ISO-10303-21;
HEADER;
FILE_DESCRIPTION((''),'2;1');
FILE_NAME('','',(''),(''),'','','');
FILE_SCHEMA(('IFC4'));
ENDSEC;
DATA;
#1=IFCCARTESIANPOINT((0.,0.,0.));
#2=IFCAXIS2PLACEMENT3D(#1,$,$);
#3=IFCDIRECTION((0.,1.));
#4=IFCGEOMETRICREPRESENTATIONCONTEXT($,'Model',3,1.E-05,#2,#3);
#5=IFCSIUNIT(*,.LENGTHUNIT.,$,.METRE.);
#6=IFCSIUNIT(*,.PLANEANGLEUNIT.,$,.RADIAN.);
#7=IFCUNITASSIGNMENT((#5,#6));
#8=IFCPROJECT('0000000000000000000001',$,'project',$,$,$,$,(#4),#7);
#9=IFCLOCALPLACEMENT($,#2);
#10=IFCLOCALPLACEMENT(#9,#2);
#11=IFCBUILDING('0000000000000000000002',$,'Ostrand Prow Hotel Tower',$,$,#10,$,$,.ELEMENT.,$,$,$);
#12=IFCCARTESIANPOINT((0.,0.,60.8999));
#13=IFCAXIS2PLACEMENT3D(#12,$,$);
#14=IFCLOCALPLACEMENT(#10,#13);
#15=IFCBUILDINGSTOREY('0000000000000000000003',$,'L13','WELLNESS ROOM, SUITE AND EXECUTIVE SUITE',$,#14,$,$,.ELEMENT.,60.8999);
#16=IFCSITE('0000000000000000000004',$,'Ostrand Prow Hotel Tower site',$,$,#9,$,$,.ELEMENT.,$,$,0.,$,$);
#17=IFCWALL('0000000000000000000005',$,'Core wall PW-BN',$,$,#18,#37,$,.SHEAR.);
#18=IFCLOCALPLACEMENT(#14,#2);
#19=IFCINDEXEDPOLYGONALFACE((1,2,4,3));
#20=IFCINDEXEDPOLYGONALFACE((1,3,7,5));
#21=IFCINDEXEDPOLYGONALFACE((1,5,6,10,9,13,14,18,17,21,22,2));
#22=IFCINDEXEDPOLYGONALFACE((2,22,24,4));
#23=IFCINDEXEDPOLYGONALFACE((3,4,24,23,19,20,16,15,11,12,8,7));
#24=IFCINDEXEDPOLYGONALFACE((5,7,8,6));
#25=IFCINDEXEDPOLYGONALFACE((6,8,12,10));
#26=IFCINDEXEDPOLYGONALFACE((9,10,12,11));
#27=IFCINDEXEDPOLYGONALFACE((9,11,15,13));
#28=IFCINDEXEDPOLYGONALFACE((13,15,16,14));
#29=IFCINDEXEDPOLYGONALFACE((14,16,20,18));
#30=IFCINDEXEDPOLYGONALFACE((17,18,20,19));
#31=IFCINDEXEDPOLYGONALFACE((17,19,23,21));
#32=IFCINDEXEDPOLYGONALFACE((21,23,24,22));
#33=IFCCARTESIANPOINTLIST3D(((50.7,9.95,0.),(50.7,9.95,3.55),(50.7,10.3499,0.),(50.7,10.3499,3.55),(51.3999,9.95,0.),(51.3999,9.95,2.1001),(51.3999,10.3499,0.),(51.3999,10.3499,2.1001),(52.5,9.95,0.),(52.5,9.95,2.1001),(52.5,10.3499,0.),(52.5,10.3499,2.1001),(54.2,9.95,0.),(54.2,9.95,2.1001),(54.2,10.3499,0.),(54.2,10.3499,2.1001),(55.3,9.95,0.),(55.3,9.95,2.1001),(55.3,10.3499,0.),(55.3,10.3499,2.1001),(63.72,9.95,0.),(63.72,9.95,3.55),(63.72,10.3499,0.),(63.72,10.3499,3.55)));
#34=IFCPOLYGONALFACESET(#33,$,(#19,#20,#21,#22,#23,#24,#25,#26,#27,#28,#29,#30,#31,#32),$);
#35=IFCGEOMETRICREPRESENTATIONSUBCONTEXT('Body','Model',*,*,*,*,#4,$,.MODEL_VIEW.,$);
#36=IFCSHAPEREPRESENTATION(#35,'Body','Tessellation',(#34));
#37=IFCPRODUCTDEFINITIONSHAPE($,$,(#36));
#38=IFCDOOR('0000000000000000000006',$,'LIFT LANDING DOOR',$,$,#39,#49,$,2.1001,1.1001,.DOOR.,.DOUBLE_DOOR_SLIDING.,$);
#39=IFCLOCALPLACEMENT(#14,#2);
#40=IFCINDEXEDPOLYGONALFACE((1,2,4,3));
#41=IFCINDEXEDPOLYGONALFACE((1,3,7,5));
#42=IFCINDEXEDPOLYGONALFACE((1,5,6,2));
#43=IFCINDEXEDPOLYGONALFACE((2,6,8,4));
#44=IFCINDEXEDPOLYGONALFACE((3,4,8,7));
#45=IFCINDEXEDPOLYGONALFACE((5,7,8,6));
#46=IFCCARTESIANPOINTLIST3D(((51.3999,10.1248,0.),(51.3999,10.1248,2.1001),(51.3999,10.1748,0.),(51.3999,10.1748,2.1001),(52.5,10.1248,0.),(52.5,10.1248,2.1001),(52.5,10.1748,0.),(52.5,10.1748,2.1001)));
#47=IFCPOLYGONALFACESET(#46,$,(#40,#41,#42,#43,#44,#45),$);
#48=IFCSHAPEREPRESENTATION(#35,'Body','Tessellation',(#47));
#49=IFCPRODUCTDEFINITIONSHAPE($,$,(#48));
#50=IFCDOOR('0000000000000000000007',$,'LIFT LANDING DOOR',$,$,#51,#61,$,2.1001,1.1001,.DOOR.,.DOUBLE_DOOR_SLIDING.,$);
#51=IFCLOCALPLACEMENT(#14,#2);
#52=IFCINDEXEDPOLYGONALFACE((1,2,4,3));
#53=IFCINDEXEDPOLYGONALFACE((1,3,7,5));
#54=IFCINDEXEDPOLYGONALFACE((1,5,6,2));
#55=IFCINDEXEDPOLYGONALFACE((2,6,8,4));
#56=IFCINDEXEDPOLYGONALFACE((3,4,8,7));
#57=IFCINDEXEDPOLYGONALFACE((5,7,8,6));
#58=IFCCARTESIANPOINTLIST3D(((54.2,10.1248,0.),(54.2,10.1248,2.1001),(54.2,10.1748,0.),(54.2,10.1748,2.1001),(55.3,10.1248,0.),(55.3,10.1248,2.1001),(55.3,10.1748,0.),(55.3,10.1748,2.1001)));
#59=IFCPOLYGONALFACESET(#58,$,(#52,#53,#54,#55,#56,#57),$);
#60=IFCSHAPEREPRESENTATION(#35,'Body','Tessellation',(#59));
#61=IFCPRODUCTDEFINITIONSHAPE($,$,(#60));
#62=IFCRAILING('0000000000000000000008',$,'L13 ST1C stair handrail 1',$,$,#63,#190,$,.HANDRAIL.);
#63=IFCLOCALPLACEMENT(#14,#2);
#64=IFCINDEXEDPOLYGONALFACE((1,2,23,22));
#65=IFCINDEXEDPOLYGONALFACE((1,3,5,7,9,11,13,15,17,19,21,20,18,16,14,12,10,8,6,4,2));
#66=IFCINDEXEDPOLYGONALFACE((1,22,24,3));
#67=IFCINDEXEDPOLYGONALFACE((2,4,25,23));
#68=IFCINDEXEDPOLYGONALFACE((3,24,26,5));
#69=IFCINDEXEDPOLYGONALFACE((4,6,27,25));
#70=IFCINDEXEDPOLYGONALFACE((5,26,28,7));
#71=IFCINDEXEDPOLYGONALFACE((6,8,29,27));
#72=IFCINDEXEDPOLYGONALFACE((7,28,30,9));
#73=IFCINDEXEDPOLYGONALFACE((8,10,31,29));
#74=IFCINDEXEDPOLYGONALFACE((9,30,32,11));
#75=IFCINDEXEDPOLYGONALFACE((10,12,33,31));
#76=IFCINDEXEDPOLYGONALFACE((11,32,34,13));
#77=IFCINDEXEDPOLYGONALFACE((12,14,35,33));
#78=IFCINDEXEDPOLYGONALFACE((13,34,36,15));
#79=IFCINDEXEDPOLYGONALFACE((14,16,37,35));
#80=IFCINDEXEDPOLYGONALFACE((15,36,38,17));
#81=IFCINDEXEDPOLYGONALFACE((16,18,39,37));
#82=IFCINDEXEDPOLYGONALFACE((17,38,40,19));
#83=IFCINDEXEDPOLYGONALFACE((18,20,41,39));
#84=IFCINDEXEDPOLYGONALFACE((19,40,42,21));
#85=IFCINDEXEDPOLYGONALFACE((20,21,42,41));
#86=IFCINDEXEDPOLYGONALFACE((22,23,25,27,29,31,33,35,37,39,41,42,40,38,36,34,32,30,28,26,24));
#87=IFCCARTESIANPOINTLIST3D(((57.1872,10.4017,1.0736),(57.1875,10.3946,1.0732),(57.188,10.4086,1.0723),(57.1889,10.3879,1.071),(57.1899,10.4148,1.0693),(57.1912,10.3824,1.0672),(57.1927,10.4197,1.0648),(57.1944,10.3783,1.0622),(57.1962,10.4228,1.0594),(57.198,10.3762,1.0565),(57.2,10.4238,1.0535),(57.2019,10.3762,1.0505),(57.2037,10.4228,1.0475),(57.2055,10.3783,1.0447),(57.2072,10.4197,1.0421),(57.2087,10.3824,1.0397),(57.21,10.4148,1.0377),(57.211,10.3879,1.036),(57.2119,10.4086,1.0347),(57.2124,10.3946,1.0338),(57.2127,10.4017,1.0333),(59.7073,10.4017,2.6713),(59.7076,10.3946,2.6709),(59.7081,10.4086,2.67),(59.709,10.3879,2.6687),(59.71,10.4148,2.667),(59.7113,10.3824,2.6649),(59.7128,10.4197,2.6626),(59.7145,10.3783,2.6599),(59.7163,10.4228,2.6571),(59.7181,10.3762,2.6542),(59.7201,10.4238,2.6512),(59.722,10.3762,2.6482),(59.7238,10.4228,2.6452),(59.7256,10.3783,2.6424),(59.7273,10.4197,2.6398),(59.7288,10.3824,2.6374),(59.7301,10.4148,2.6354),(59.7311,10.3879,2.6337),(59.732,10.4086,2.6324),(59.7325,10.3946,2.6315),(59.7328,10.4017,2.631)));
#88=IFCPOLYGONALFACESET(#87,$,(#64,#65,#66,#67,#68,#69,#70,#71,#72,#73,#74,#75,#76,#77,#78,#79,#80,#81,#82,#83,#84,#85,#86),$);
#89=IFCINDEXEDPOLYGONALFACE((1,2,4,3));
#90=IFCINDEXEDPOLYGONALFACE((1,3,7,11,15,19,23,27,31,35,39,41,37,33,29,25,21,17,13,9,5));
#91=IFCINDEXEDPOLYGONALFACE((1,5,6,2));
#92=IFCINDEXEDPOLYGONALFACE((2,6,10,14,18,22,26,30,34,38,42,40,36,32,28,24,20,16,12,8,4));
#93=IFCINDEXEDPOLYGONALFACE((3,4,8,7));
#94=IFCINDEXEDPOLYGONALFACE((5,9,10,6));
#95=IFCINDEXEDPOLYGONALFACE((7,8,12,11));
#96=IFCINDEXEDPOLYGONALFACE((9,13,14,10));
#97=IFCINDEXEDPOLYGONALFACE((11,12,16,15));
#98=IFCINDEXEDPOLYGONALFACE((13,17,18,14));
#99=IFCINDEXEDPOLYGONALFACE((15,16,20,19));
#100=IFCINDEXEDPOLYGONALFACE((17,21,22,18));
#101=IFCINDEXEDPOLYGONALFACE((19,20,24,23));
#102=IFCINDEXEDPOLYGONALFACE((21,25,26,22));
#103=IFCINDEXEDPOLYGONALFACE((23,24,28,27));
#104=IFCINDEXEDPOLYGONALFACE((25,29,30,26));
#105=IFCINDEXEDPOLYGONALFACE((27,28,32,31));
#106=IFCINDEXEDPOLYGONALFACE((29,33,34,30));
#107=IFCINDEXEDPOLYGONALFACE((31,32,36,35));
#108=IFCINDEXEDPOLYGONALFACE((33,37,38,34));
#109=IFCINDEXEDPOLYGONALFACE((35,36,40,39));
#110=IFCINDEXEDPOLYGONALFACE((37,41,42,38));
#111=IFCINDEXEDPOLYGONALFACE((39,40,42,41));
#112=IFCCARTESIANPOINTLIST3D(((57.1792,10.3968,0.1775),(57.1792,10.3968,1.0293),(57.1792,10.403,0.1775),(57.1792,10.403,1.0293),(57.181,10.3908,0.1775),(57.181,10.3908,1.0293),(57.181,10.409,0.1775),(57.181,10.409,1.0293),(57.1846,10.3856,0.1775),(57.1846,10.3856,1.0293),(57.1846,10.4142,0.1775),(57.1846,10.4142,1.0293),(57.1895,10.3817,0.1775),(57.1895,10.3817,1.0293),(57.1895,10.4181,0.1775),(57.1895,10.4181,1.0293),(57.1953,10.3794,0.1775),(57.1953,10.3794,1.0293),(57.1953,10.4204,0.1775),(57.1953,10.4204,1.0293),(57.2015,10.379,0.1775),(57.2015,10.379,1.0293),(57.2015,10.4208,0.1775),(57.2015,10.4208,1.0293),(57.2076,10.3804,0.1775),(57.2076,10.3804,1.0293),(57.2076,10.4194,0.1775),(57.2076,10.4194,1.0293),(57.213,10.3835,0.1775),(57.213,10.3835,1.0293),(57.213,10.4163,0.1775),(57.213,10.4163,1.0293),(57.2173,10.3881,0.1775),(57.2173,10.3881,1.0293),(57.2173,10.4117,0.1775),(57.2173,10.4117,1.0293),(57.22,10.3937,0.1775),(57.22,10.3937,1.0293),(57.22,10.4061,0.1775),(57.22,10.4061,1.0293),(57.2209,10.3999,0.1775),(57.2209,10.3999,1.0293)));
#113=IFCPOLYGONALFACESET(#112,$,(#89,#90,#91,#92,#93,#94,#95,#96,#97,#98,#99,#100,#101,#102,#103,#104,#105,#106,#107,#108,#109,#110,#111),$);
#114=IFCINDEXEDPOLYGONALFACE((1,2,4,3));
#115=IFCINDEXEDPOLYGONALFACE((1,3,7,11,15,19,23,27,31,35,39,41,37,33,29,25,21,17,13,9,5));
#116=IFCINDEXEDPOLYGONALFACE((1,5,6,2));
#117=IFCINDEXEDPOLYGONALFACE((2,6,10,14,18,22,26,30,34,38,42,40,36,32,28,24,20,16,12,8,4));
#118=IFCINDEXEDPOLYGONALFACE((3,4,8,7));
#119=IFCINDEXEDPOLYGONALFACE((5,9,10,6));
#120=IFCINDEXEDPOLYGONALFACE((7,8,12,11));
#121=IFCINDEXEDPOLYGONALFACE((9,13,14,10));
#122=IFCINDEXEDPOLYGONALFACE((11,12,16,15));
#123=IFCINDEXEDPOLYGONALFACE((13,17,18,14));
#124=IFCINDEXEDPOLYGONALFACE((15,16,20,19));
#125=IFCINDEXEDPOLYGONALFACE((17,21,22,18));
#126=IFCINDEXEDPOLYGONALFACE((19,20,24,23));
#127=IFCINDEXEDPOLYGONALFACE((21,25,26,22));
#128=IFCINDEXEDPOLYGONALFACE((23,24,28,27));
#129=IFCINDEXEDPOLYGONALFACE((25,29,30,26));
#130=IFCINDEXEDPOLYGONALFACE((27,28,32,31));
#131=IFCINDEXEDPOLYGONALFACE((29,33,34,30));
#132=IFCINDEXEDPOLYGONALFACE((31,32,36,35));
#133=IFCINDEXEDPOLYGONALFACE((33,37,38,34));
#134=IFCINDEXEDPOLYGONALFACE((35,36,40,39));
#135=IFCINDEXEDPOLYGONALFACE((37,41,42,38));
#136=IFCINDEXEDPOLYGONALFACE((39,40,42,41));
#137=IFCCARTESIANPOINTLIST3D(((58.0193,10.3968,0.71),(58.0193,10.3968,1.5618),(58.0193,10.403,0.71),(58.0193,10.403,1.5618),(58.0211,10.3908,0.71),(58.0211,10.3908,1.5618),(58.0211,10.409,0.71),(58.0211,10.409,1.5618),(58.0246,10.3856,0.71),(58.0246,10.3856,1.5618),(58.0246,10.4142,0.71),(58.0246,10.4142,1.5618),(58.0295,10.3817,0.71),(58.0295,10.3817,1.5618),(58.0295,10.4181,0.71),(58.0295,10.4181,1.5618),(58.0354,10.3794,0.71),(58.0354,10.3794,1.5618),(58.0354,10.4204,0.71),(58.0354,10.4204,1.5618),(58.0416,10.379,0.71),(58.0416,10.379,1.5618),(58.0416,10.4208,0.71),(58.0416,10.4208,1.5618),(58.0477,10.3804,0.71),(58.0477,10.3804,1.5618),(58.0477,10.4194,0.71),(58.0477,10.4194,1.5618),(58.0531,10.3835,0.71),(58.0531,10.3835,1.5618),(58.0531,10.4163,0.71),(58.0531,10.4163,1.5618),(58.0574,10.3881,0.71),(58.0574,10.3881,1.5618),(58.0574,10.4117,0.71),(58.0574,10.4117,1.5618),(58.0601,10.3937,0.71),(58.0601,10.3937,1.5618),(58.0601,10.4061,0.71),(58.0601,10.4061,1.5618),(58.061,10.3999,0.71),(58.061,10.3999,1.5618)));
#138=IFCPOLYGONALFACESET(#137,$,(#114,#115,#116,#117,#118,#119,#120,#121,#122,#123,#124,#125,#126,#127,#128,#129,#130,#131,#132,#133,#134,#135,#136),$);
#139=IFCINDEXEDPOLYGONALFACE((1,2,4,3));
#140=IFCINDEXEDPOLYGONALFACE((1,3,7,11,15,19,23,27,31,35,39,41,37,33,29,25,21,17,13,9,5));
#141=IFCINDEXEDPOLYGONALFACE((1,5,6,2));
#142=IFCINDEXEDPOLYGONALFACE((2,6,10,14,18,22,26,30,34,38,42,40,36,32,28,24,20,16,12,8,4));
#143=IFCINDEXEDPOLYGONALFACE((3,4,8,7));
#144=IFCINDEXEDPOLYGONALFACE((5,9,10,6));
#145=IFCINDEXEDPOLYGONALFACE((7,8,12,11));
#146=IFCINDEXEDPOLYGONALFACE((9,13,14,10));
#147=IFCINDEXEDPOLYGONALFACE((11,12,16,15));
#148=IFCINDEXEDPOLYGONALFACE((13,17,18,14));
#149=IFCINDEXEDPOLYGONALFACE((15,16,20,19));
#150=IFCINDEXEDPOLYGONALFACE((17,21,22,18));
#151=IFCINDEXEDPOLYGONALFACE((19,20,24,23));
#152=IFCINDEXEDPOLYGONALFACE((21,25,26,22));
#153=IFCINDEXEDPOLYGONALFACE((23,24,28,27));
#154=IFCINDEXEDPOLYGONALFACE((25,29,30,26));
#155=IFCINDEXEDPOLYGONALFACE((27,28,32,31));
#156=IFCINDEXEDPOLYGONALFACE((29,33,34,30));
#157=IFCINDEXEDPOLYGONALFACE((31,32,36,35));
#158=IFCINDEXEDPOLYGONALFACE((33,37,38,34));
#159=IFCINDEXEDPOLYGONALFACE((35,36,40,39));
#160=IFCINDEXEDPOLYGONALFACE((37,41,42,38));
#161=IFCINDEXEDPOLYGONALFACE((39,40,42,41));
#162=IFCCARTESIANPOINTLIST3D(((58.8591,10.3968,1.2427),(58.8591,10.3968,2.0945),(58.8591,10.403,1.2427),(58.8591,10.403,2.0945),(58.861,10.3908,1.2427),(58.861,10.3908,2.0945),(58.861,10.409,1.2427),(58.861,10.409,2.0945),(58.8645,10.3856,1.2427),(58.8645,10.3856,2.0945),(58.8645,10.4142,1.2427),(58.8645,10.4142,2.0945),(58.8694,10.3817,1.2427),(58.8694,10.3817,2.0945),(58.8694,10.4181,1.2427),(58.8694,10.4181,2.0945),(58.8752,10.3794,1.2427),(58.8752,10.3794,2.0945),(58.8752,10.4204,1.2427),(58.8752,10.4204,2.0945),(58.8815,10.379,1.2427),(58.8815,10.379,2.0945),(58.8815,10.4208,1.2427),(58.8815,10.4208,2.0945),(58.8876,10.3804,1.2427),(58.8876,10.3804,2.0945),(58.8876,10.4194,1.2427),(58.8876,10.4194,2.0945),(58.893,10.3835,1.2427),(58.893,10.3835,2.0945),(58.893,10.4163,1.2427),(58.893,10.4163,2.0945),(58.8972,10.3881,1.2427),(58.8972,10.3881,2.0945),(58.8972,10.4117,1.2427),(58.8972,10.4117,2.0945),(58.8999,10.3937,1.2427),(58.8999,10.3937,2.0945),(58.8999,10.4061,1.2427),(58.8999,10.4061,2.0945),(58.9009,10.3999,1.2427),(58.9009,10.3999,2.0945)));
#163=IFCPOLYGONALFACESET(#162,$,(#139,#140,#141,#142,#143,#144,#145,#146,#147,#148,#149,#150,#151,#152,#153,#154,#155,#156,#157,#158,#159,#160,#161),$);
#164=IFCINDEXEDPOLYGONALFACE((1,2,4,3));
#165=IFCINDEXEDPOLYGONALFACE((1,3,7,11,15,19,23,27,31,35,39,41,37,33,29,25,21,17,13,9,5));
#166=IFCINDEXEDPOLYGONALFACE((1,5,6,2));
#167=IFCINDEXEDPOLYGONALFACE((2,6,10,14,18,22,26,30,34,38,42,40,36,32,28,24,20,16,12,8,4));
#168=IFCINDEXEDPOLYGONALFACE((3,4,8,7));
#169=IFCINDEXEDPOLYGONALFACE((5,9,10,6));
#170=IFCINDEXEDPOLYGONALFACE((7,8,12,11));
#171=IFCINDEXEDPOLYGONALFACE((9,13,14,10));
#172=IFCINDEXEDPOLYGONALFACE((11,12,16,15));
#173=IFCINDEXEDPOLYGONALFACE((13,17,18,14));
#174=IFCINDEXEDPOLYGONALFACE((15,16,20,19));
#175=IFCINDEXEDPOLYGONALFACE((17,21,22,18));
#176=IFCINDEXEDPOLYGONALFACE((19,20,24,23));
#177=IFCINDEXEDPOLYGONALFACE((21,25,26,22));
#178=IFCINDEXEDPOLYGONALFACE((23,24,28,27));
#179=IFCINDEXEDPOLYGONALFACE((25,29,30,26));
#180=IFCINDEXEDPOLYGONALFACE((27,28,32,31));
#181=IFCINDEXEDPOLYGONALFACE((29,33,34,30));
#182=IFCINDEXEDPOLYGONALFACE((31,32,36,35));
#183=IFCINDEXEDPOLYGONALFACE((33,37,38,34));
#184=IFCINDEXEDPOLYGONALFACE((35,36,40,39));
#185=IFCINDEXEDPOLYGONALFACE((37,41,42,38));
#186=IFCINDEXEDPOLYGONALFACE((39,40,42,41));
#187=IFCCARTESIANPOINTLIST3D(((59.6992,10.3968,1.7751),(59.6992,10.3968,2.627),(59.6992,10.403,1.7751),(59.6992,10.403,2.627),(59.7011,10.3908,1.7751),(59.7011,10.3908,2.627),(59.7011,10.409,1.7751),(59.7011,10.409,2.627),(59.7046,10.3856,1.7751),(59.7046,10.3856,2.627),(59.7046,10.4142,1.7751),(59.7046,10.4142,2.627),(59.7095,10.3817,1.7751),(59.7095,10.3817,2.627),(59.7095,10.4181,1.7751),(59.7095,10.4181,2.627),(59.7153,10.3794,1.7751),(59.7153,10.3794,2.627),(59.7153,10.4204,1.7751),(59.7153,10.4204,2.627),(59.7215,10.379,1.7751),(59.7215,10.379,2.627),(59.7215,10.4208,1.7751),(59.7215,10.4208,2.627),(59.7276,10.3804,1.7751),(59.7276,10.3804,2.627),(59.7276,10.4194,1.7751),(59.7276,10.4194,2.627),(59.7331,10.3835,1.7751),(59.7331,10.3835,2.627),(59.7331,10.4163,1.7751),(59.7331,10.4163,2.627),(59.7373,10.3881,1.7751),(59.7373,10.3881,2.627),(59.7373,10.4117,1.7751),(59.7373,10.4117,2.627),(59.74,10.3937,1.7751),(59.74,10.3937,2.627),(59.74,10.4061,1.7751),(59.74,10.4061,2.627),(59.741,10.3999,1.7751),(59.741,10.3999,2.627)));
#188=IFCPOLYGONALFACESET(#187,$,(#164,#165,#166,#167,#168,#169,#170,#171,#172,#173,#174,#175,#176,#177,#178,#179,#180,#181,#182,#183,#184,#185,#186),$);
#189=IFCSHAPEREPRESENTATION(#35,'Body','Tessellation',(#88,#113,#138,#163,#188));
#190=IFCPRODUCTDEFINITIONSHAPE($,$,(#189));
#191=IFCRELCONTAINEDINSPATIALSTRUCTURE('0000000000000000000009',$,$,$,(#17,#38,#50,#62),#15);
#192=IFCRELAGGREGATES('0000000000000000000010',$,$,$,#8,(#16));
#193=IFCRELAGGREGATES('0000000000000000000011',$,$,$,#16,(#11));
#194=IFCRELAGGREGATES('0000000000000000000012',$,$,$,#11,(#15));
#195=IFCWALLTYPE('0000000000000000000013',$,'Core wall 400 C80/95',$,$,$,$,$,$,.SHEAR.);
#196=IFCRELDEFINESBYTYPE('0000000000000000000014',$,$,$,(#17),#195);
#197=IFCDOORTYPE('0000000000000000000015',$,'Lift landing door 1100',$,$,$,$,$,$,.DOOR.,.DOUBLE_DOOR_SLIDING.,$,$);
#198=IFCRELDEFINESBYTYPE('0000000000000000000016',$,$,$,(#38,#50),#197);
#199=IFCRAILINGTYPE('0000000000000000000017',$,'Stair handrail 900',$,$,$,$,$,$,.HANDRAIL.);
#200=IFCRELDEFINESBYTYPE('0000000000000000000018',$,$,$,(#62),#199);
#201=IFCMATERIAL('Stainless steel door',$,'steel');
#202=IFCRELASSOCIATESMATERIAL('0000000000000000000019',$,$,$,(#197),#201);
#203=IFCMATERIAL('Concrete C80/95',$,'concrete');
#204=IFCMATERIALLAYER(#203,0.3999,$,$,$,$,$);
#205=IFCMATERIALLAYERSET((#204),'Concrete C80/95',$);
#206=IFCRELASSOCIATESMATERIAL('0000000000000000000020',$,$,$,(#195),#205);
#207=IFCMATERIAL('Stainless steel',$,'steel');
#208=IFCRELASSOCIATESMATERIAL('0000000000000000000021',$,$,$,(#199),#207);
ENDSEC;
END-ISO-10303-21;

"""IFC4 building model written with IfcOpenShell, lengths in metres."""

from ifc_helpers import new_model, si_unit, direction, frame, frame_2d, origin, origin_2d, place, context, subcontext, project, spatial, rectangle, circle, extrude, material, layer, layer_set, type_object, element, fill, save


model = new_model("IFC4")

# Units and contexts
model_context = context("Model", 3, precision=1e-05, world=origin(), true_north=direction((0.0, 1.0)))
body_context = subcontext(model_context, "Body", "Model", "MODEL_VIEW")
ifc_project = project(units=[si_unit("LENGTHUNIT", "METRE"), si_unit("PLANEANGLEUNIT", "RADIAN")], contexts=[model_context])

# Site, building, storey
site_placement = place(None, origin())
site = spatial("IfcSite", under=ifc_project, at=site_placement, Name="Ostrand Prow Hotel Tower site", CompositionType="ELEMENT", RefElevation=0.0)
building_placement = place(site_placement, origin())
building = spatial("IfcBuilding", under=site, at=building_placement, Name="Ostrand Prow Hotel Tower", CompositionType="ELEMENT")
storey_placement = place(building_placement, frame((0.0, 0.0, 60.8999)))
storey = spatial("IfcBuildingStorey", under=building, at=storey_placement, Name="L13", Description="WELLNESS ROOM, SUITE AND EXECUTIVE SUITE", CompositionType="ELEMENT", Elevation=60.8999)

# Shared definitions
ifc_material_1 = material(Name="Stainless steel door", Category="steel")
door_type_1 = type_object("IfcDoorType", Name="Lift landing door 1100", OperationType="DOUBLE_DOOR_SLIDING", PredefinedType="DOOR", material=ifc_material_1)

# Wall, openings, doors
ifc_material_2 = material(Name="Concrete C80/95", Category="concrete")
ifc_layer_1 = layer(ifc_material_2, 0.3999)
ifc_layer_set_1 = layer_set([ifc_layer_1], Name="Concrete C80/95")
wall_type_1 = type_object("IfcWallType", Name="Core wall 400 C80/95", PredefinedType="SHEAR", material=ifc_layer_set_1)
wall_1_placement = place(storey_placement, frame((50.7, 10.1499, 0.0), z_axis=(0.0, 0.0, 1.0), x_axis=(1.0, 0.0, 0.0)))
wall_1 = element("IfcWall", 1, at=wall_1_placement, inside=storey, type_object=wall_type_1, Name="Core wall PW-BN", PredefinedType="SHEAR", context=body_context, shape_type="SweptSolid", body=[
    extrude(rectangle(XDim=13.02, YDim=0.3999, at=frame_2d((6.51, 0.0))), origin(), (0.0, 0.0, 1.0), 3.55),
])
opening_1_placement = place(wall_1_placement, frame((0.7, 0.0, 0.0)))
opening_1 = element("IfcOpeningElement", 2, at=opening_1_placement, cuts=wall_1, PredefinedType="OPENING", context=body_context, shape_type="SweptSolid", body=[
    extrude(rectangle(XDim=1.1001, YDim=2.1001, at=frame_2d((0.55, 1.05))), frame((0.0, 0.21, 0.0), z_axis=(0.0, -1.0, 0.0), x_axis=(1.0, 0.0, 0.0)), (0.0, 0.0, 1.0), 0.4199),
])
opening_2_placement = place(wall_1_placement, frame((3.5, 0.0, 0.0)))
opening_2 = element("IfcOpeningElement", 3, at=opening_2_placement, cuts=wall_1, PredefinedType="OPENING", context=body_context, shape_type="SweptSolid", body=[
    extrude(rectangle(XDim=1.1001, YDim=2.1001, at=frame_2d((0.55, 1.05))), frame((0.0, 0.21, 0.0), z_axis=(0.0, -1.0, 0.0), x_axis=(1.0, 0.0, 0.0)), (0.0, 0.0, 1.0), 0.4199),
])
door_1_placement = place(opening_1_placement, origin())
door_1 = element("IfcDoor", 4, at=door_1_placement, inside=storey, type_object=door_type_1, Name="LIFT LANDING DOOR", OperationType="DOUBLE_DOOR_SLIDING", OverallHeight=2.1001, OverallWidth=1.1001, PredefinedType="DOOR", context=body_context, shape_type="SweptSolid", body=[
    extrude(rectangle(XDim=1.1001, YDim=2.1001, at=frame_2d((0.55, 1.05))), frame((0.0, 0.0249, 0.0), z_axis=(0.0, -1.0, 0.0), x_axis=(1.0, 0.0, 0.0)), (0.0, 0.0, 1.0), 0.05),
])
fill(opening_1, door_1)
door_2_placement = place(opening_2_placement, origin())
door_2 = element("IfcDoor", 5, at=door_2_placement, inside=storey, type_object=door_type_1, Name="LIFT LANDING DOOR", OperationType="DOUBLE_DOOR_SLIDING", OverallHeight=2.1001, OverallWidth=1.1001, PredefinedType="DOOR", context=body_context, shape_type="SweptSolid", body=[
    extrude(rectangle(XDim=1.1001, YDim=2.1001, at=frame_2d((0.55, 1.05))), frame((0.0, 0.0249, 0.0), z_axis=(0.0, -1.0, 0.0), x_axis=(1.0, 0.0, 0.0)), (0.0, 0.0, 1.0), 0.05),
])
fill(opening_2, door_2)

# Railing
ifc_material_3 = material(Name="Stainless steel", Category="steel")
railing_type = type_object("IfcRailingType", Name="Stair handrail 900", PredefinedType="HANDRAIL", material=ifc_material_3)
railing_placement = place(storey_placement, frame((57.2, 10.3999, 0.1775)))
element("IfcRailing", 6, at=railing_placement, inside=storey, type_object=railing_type, Name="L13 ST1C stair handrail 1", PredefinedType="HANDRAIL", context=body_context, shape_type="SweptSolid", body=[
    extrude(circle(Radius=0.0239, at=origin_2d()), frame((0.0, 0.0, 0.876), z_axis=(0.84457, 0.0, 0.535445), x_axis=(0.0, 1.0, 0.0)), (0.0, 0.0, 1.0), 2.9839),
    extrude(circle(Radius=0.021, at=origin_2d()), origin(), (0.0, 0.0, 1.0), 0.8518),
    extrude(circle(Radius=0.021, at=origin_2d()), frame((0.8401, 0.0, 0.5325)), (0.0, 0.0, 1.0), 0.8518),
    extrude(circle(Radius=0.021, at=origin_2d()), frame((1.6799, 0.0, 1.0652)), (0.0, 0.0, 1.0), 0.8518),
    extrude(circle(Radius=0.021, at=origin_2d()), frame((2.52, 0.0, 1.5977)), (0.0, 0.0, 1.0), 0.8518),
])

save(model, "model.ifc")
